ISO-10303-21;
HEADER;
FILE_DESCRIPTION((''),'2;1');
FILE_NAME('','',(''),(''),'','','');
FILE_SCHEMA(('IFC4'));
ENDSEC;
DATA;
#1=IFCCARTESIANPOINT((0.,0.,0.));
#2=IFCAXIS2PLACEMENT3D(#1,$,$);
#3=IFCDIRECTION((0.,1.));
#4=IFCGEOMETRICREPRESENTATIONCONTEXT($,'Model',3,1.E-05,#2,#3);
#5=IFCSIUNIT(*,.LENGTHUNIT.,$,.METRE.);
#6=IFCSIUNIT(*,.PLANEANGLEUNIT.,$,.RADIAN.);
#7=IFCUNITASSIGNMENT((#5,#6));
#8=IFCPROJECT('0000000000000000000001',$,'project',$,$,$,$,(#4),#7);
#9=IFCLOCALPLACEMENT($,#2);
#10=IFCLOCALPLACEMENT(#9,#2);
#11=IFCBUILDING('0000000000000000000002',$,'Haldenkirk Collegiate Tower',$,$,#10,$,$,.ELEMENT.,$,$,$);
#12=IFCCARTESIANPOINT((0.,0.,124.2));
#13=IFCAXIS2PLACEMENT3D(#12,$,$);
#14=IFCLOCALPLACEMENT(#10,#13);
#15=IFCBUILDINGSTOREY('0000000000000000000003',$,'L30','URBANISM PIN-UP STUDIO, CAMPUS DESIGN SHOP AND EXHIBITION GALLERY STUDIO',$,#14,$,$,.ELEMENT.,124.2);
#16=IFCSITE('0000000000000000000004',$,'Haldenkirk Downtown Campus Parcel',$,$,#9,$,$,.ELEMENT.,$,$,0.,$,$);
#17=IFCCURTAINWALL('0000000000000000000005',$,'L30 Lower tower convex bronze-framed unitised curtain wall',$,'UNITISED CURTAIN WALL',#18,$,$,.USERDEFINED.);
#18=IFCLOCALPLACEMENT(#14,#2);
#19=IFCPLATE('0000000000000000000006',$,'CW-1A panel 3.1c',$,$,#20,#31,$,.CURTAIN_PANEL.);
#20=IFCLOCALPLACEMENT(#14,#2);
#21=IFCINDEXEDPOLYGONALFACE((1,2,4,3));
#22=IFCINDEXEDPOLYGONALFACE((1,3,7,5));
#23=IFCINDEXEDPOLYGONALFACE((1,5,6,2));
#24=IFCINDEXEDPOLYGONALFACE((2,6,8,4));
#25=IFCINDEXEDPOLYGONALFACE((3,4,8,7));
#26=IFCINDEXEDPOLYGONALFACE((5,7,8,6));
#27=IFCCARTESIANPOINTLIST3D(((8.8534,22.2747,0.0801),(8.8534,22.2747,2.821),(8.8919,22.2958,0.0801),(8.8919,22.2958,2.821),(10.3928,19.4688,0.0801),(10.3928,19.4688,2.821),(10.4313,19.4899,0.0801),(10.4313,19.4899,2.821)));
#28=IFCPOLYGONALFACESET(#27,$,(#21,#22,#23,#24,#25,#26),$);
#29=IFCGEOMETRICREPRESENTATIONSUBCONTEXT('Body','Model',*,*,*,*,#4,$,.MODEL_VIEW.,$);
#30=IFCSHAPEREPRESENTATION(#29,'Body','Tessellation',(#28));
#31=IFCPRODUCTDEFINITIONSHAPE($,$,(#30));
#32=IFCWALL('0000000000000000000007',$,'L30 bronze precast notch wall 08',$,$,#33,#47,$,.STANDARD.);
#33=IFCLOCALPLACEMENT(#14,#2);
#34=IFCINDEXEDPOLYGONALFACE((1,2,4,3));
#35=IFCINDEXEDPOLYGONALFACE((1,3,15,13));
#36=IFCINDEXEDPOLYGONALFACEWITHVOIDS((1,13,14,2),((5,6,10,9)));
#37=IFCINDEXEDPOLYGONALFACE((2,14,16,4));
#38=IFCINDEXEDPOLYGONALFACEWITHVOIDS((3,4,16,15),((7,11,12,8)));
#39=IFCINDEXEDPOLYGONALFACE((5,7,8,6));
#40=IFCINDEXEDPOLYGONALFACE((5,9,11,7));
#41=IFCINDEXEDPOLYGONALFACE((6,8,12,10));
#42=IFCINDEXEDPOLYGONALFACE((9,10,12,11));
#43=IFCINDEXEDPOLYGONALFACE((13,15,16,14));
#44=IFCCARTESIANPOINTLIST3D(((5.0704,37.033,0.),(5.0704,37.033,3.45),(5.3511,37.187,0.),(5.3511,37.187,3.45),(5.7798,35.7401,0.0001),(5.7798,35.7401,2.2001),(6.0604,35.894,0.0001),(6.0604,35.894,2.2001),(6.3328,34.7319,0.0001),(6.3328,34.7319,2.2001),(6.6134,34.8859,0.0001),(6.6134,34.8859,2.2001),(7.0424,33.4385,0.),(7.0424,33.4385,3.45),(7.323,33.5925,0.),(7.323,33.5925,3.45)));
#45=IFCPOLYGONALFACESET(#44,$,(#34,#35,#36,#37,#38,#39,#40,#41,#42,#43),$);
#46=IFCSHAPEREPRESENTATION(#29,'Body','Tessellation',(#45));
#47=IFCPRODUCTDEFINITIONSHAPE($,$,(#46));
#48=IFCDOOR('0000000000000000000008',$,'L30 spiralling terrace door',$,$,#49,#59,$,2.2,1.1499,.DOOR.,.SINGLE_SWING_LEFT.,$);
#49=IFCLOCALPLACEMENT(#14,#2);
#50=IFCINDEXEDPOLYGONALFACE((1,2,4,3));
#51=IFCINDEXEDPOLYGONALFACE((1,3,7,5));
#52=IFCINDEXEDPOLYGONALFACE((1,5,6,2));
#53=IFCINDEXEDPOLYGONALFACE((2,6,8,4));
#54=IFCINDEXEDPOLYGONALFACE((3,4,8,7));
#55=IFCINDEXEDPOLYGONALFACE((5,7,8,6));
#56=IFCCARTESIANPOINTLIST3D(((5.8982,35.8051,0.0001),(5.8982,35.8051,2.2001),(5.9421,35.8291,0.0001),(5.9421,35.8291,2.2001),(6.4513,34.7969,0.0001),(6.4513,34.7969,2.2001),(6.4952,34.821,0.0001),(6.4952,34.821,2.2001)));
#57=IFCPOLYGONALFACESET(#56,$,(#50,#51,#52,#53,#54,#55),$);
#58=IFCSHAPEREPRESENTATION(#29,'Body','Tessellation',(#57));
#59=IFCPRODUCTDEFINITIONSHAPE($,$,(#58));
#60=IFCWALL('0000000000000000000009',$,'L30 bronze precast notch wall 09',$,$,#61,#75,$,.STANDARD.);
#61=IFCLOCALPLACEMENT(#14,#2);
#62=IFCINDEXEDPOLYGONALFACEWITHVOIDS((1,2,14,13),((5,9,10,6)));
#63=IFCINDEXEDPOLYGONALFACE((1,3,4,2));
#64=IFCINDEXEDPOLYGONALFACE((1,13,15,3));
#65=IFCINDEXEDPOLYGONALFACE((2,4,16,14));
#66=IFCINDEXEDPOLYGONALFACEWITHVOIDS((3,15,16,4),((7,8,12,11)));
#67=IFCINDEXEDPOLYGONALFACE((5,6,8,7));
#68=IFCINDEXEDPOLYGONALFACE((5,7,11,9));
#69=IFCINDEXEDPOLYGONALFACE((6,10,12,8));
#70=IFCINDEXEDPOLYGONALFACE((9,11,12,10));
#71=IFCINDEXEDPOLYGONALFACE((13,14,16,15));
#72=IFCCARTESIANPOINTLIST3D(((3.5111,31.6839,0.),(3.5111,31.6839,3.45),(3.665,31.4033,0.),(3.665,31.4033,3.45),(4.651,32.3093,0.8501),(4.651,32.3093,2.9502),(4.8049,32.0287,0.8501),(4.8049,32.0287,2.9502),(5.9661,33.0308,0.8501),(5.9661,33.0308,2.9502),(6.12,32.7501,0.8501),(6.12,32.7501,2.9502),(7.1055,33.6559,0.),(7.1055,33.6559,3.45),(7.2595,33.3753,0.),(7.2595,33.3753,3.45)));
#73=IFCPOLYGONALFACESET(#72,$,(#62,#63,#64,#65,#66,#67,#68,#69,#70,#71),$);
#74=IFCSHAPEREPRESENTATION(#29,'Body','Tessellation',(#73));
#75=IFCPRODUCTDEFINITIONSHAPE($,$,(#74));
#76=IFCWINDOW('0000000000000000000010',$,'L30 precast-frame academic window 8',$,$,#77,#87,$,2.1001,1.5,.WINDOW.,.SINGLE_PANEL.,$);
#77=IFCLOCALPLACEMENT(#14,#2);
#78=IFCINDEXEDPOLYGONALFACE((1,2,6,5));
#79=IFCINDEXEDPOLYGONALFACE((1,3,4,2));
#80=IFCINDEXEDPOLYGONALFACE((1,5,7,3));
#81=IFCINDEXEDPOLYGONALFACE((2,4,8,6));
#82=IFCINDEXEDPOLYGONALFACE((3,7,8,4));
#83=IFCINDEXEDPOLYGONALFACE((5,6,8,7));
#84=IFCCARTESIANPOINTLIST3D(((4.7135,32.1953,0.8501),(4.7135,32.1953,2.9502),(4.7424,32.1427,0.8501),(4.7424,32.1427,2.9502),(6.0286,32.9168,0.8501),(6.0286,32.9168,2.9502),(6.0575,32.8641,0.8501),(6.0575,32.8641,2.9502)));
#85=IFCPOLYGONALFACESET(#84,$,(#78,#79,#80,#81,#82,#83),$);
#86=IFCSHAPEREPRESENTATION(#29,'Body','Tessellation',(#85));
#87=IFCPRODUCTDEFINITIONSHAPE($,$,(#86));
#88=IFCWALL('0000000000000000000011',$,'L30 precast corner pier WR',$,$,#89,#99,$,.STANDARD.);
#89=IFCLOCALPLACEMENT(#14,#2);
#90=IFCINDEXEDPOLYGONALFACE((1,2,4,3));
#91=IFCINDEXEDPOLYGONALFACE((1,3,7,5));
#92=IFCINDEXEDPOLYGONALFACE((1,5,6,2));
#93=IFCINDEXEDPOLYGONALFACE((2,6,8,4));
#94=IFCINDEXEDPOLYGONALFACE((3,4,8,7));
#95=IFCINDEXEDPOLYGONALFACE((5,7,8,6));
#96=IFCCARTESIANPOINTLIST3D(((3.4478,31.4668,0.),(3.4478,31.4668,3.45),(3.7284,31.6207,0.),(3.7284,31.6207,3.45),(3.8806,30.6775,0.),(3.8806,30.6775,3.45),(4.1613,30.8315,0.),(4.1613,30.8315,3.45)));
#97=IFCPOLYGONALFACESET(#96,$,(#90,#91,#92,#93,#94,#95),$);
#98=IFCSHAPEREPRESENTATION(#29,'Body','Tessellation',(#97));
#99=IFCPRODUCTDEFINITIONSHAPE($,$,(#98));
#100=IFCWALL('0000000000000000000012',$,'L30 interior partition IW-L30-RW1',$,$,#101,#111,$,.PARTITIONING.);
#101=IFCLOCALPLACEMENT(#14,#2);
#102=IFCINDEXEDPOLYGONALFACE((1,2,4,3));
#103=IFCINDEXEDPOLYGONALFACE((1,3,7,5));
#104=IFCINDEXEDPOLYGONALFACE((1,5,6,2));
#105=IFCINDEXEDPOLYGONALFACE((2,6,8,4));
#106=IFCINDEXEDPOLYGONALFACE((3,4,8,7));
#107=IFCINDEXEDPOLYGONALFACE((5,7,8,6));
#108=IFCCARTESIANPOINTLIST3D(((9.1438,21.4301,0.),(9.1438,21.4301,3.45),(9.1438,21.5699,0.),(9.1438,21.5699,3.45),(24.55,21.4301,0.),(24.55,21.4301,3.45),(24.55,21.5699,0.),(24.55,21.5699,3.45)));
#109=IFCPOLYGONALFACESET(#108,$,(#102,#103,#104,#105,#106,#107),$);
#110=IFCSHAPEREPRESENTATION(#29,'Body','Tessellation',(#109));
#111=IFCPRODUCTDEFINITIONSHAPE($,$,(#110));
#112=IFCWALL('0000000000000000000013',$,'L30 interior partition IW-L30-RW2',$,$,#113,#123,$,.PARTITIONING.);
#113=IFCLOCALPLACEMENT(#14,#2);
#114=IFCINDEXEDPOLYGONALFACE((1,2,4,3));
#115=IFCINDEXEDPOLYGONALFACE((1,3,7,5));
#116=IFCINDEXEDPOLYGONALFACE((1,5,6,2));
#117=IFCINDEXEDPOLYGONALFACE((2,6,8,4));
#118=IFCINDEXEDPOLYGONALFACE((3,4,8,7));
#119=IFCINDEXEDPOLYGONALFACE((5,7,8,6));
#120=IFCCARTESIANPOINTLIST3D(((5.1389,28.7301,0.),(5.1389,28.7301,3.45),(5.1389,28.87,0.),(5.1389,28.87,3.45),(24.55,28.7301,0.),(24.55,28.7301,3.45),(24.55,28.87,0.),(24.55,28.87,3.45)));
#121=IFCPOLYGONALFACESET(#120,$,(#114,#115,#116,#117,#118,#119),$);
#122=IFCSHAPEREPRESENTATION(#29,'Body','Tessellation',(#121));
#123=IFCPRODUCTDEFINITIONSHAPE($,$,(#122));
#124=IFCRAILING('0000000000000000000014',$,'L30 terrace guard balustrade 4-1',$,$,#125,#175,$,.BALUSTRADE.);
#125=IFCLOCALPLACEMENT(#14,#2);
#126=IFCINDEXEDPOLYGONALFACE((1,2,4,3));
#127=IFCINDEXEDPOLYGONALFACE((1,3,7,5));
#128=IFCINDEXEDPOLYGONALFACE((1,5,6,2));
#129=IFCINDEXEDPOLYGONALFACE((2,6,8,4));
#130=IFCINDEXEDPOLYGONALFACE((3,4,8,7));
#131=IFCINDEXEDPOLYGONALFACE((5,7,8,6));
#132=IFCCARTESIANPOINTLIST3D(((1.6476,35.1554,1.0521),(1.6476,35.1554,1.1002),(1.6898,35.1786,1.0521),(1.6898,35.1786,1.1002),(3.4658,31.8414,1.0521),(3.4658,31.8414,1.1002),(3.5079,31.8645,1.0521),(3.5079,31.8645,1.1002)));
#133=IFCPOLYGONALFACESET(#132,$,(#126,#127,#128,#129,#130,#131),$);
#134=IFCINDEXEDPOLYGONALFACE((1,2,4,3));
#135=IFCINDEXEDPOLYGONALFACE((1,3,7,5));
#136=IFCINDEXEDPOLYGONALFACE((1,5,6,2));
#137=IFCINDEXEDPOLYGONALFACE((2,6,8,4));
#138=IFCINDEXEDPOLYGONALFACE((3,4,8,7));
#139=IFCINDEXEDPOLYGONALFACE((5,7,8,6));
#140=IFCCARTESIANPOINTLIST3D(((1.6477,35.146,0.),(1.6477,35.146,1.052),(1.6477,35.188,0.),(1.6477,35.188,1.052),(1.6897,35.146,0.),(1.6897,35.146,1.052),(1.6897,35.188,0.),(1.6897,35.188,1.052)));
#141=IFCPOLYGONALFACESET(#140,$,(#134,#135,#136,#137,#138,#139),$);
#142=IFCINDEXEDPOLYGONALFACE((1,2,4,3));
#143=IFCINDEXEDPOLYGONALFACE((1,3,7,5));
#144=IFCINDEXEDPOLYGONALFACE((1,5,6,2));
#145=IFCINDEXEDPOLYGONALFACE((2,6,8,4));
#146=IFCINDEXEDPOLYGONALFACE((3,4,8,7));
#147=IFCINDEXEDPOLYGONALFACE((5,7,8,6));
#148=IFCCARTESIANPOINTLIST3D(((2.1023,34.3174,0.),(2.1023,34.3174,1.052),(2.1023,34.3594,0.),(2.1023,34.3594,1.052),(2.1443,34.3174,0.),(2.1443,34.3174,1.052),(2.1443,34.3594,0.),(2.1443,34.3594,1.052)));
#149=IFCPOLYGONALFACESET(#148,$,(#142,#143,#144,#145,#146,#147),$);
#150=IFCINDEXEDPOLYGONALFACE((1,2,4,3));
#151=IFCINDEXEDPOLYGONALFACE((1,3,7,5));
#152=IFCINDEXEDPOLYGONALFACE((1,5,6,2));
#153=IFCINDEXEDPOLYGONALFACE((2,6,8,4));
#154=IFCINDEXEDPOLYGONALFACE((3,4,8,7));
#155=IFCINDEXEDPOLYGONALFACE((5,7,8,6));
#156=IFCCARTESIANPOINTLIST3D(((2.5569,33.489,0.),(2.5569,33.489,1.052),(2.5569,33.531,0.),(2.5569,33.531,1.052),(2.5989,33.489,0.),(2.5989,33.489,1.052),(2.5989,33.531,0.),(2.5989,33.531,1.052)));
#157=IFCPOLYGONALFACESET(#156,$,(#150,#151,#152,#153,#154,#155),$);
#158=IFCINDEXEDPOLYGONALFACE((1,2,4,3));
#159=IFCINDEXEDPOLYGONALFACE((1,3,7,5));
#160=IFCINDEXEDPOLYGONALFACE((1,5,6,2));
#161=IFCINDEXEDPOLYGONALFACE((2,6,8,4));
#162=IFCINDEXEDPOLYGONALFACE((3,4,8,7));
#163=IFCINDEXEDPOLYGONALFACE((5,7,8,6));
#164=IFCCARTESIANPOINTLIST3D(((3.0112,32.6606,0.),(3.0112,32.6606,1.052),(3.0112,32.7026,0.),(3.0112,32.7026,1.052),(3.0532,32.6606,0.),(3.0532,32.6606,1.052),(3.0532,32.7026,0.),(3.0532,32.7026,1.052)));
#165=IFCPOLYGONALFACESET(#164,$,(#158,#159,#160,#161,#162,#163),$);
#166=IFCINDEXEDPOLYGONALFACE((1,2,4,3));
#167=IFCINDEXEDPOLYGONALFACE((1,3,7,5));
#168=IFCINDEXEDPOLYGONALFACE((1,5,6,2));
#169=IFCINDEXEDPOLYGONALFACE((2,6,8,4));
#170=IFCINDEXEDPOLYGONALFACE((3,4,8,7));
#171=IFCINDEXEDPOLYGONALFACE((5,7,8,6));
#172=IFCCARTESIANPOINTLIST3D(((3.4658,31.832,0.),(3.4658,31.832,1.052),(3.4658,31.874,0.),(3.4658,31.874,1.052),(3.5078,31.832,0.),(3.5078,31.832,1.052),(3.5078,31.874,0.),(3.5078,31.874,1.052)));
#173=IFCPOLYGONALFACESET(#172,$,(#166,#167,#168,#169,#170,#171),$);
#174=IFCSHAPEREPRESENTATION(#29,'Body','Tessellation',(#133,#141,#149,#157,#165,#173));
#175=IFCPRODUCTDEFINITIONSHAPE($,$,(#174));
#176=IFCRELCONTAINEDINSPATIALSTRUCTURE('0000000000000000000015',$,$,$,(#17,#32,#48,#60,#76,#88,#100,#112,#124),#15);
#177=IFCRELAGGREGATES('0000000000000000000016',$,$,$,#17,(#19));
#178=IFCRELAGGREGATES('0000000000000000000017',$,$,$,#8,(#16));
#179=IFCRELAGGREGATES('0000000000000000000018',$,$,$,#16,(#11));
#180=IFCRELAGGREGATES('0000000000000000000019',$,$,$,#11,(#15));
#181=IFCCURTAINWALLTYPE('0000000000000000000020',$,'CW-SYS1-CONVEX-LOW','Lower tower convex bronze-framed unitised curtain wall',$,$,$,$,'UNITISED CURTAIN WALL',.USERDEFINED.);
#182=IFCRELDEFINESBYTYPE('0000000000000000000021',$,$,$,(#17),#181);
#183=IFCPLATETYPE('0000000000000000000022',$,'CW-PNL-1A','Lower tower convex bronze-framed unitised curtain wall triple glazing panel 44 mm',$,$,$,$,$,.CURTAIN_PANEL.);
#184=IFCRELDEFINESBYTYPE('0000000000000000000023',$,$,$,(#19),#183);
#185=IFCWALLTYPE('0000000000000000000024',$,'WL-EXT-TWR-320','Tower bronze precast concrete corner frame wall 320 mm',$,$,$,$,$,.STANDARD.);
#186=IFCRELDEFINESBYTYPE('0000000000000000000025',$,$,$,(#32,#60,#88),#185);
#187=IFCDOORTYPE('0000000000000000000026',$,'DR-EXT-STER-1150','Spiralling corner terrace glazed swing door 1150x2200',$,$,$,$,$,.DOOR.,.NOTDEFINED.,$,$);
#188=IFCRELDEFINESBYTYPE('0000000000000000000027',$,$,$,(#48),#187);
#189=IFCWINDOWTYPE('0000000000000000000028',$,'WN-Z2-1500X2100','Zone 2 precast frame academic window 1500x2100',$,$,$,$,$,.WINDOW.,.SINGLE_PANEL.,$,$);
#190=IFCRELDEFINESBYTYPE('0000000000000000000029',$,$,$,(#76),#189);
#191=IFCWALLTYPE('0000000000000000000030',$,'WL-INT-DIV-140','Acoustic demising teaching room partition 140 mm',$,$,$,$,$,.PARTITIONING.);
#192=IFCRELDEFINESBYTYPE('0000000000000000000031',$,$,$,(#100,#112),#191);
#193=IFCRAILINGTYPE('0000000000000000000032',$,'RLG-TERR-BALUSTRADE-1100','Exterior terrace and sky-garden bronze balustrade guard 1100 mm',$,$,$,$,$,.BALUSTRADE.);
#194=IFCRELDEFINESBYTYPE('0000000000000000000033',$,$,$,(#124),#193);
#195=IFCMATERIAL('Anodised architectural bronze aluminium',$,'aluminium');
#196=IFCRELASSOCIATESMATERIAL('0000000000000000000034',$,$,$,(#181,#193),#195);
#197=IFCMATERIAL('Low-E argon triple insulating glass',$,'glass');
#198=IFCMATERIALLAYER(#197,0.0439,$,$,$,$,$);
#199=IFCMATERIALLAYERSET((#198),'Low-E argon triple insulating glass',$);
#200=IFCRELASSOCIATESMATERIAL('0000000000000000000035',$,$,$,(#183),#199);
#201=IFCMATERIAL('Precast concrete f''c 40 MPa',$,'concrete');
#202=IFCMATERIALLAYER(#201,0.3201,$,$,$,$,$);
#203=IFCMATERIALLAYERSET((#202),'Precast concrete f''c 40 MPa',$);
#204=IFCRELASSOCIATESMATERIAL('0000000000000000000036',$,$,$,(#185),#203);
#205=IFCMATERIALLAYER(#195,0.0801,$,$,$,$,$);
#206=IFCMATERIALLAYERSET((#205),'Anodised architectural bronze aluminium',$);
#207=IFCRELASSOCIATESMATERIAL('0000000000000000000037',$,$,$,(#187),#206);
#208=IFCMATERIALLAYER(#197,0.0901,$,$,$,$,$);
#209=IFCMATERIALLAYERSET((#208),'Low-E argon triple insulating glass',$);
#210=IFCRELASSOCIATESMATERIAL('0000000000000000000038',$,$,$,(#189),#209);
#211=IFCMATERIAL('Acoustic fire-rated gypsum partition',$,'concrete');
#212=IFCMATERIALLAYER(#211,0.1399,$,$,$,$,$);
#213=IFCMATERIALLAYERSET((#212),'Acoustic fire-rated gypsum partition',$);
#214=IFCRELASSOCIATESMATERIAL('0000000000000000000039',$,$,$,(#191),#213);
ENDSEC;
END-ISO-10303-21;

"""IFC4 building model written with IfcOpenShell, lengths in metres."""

from ifc_helpers import new_model, si_unit, direction, frame, frame_2d, origin, origin_2d, place, context, subcontext, project, spatial, rectangle, extrude, source, transform, mapped, material, layer, layer_set, type_object, element, fill, aggregate, save


model = new_model("IFC4")

# Units and contexts
model_context = context("Model", 3, precision=1e-05, world=origin(), true_north=direction((0.0, 1.0)))
body_context = subcontext(model_context, "Body", "Model", "MODEL_VIEW")
ifc_project = project(units=[si_unit("LENGTHUNIT", "METRE"), si_unit("PLANEANGLEUNIT", "RADIAN")], contexts=[model_context])

# Site, building, storey
site_placement = place(None, origin())
site = spatial("IfcSite", under=ifc_project, at=site_placement, Name="Haldenkirk Downtown Campus Parcel", CompositionType="ELEMENT", RefElevation=0.0)
building_placement = place(site_placement, origin())
building = spatial("IfcBuilding", under=site, at=building_placement, Name="Haldenkirk Collegiate Tower", CompositionType="ELEMENT")
storey_placement = place(building_placement, frame((0.0, 0.0, 124.2)))
storey = spatial("IfcBuildingStorey", under=building, at=storey_placement, Name="L30", Description="URBANISM PIN-UP STUDIO, CAMPUS DESIGN SHOP AND EXHIBITION GALLERY STUDIO", CompositionType="ELEMENT", Elevation=124.2)

# Curtain wall, plate
ifc_material_1 = material(Name="Anodised architectural bronze aluminium", Category="aluminium")
curtain_wall_type = type_object("IfcCurtainWallType", Name="CW-SYS1-CONVEX-LOW", Description="Lower tower convex bronze-framed unitised curtain wall", ElementType="UNITISED CURTAIN WALL", PredefinedType="USERDEFINED", material=ifc_material_1)
curtain_wall_placement = place(storey_placement, origin())
curtain_wall = element("IfcCurtainWall", 1, at=curtain_wall_placement, inside=storey, type_object=curtain_wall_type, Name="L30 Lower tower convex bronze-framed unitised curtain wall", ObjectType="UNITISED CURTAIN WALL", PredefinedType="USERDEFINED")
ifc_material_2 = material(Name="Low-E argon triple insulating glass", Category="glass")
ifc_layer_1 = layer(ifc_material_2, 0.0439)
ifc_layer_set_1 = layer_set([ifc_layer_1], Name="Low-E argon triple insulating glass")
plate_type = type_object("IfcPlateType", Name="CW-PNL-1A", Description="Lower tower convex bronze-framed unitised curtain wall triple glazing panel 44 mm", PredefinedType="CURTAIN_PANEL", material=ifc_layer_set_1)
shared_shape_1 = source(origin(), body_context, "Body", "SweptSolid", [
    extrude(rectangle(XDim=3.2004, YDim=0.0439, at=origin_2d()), origin(), (0.0, 0.0, 1.0), 2.741),
])
plate_1_placement = place(storey_placement, frame((9.6423, 20.8823, 0.0801), z_axis=(0.0, 0.0, 1.0), x_axis=(-0.480989, 0.876727, 0.0)))
plate_1 = element("IfcPlate", 2, at=plate_1_placement, type_object=plate_type, Name="CW-1A panel 3.1c", PredefinedType="CURTAIN_PANEL", context=body_context, shape_type="MappedRepresentation", body=[
    mapped(shared_shape_1, transform((0.0, 0.0, 0.0), x_axis=(1.0, 0.0, 0.0), y_axis=(0.0, 1.0, 0.0), z_axis=(0.0, 0.0, 1.0), scale=1.0)),
])
aggregate(curtain_wall, [plate_1])

# Wall, opening, door
ifc_material_3 = material(Name="Precast concrete f'c 40 MPa", Category="concrete")
ifc_layer_2 = layer(ifc_material_3, 0.3201)
ifc_layer_set_2 = layer_set([ifc_layer_2], Name="Precast concrete f'c 40 MPa")
wall_type_1 = type_object("IfcWallType", Name="WL-EXT-TWR-320", Description="Tower bronze precast concrete corner frame wall 320 mm", PredefinedType="STANDARD", material=ifc_layer_set_2)
wall_1_placement = place(storey_placement, frame((7.1826, 33.5156, 0.0), z_axis=(0.0, 0.0, 1.0), x_axis=(-0.480974, 0.876735, 0.0)))
wall_1 = element("IfcWall", 3, at=wall_1_placement, inside=storey, type_object=wall_type_1, Name="L30 bronze precast notch wall 08", PredefinedType="STANDARD", context=body_context, shape_type="SweptSolid", body=[
    extrude(rectangle(XDim=4.0999, YDim=0.3201, at=frame_2d((2.0498, 0.0))), origin(), (0.0, 0.0, 1.0), 3.45),
])
opening_1_placement = place(wall_1_placement, frame((1.4751, 0.0, 0.0)))
opening_1 = element("IfcOpeningElement", 4, at=opening_1_placement, cuts=wall_1, PredefinedType="OPENING", context=body_context, shape_type="SweptSolid", body=[
    extrude(rectangle(XDim=1.1499, YDim=2.2, at=frame_2d((0.575, 1.1001))), frame((0.0, 0.1699, 0.0), z_axis=(0.0, -1.0, 0.0), x_axis=(1.0, 0.0, 0.0)), (0.0, 0.0, 1.0), 0.3401),
])
ifc_layer_3 = layer(ifc_material_1, 0.0801)
ifc_layer_set_3 = layer_set([ifc_layer_3], Name="Anodised architectural bronze aluminium")
door_type = type_object("IfcDoorType", Name="DR-EXT-STER-1150", Description="Spiralling corner terrace glazed swing door 1150x2200", OperationType="NOTDEFINED", PredefinedType="DOOR", material=ifc_layer_set_3)
door_placement = place(opening_1_placement, origin())
door = element("IfcDoor", 5, at=door_placement, inside=storey, type_object=door_type, Name="L30 spiralling terrace door", OperationType="SINGLE_SWING_LEFT", OverallHeight=2.2, OverallWidth=1.1499, PredefinedType="DOOR", context=body_context, shape_type="SweptSolid", body=[
    extrude(rectangle(XDim=1.1499, YDim=2.2, at=frame_2d((0.575, 1.1001))), frame((0.0, 0.0249, 0.0), z_axis=(0.0, -1.0, 0.0), x_axis=(1.0, 0.0, 0.0)), (0.0, 0.0, 1.0), 0.05),
])
fill(opening_1, door)

# Wall, opening, window
wall_2_placement = place(storey_placement, frame((3.5881, 31.5437, 0.0), z_axis=(0.0, 0.0, 1.0), x_axis=(0.876735, 0.480974, 0.0)))
wall_2 = element("IfcWall", 6, at=wall_2_placement, inside=storey, type_object=wall_type_1, Name="L30 bronze precast notch wall 09", PredefinedType="STANDARD", context=body_context, shape_type="SweptSolid", body=[
    extrude(rectangle(XDim=4.0999, YDim=0.3201, at=frame_2d((2.0498, 0.0))), origin(), (0.0, 0.0, 1.0), 3.45),
])
opening_2_placement = place(wall_2_placement, frame((1.3, 0.0, 0.8501)))
opening_2 = element("IfcOpeningElement", 7, at=opening_2_placement, cuts=wall_2, PredefinedType="OPENING", context=body_context, shape_type="SweptSolid", body=[
    extrude(rectangle(XDim=1.5, YDim=2.1001, at=frame_2d((0.75, 1.05))), frame((0.0, 0.1699, 0.0), z_axis=(0.0, -1.0, 0.0), x_axis=(1.0, 0.0, 0.0)), (0.0, 0.0, 1.0), 0.3401),
])
ifc_layer_4 = layer(ifc_material_2, 0.0901)
ifc_layer_set_4 = layer_set([ifc_layer_4], Name="Low-E argon triple insulating glass")
window_type = type_object("IfcWindowType", Name="WN-Z2-1500X2100", Description="Zone 2 precast frame academic window 1500x2100", PartitioningType="SINGLE_PANEL", PredefinedType="WINDOW", material=ifc_layer_set_4)
window_placement = place(opening_2_placement, origin())
window = element("IfcWindow", 8, at=window_placement, inside=storey, type_object=window_type, Name="L30 precast-frame academic window 8", OverallHeight=2.1001, OverallWidth=1.5, PartitioningType="SINGLE_PANEL", PredefinedType="WINDOW", context=body_context, shape_type="SweptSolid", body=[
    extrude(rectangle(XDim=1.5, YDim=2.1001, at=frame_2d((0.75, 1.05))), frame((0.0, 0.03, 0.0), z_axis=(0.0, -1.0, 0.0), x_axis=(1.0, 0.0, 0.0)), (0.0, 0.0, 1.0), 0.0601),
])
fill(opening_2, window)

# Walls
wall_3_placement = place(storey_placement, frame((4.021, 30.7544, 0.0), z_axis=(0.0, 0.0, 1.0), x_axis=(-0.480846, 0.876805, 0.0)))
element("IfcWall", 9, at=wall_3_placement, inside=storey, type_object=wall_type_1, Name="L30 precast corner pier WR", PredefinedType="STANDARD", context=body_context, shape_type="SweptSolid", body=[
    extrude(rectangle(XDim=0.9001, YDim=0.3201, at=frame_2d((0.4502, 0.0))), origin(), (0.0, 0.0, 1.0), 3.45),
])
ifc_material_4 = material(Name="Acoustic fire-rated gypsum partition", Category="concrete")
ifc_layer_5 = layer(ifc_material_4, 0.1399)
ifc_layer_set_5 = layer_set([ifc_layer_5], Name="Acoustic fire-rated gypsum partition")
wall_type_2 = type_object("IfcWallType", Name="WL-INT-DIV-140", Description="Acoustic demising teaching room partition 140 mm", PredefinedType="PARTITIONING", material=ifc_layer_set_5)
wall_4_placement = place(storey_placement, frame((9.1438, 21.5, 0.0), z_axis=(0.0, 0.0, 1.0), x_axis=(1.0, 0.0, 0.0)))
element("IfcWall", 10, at=wall_4_placement, inside=storey, type_object=wall_type_2, Name="L30 interior partition IW-L30-RW1", PredefinedType="PARTITIONING", context=body_context, shape_type="SweptSolid", body=[
    extrude(rectangle(XDim=15.4062, YDim=0.1399, at=frame_2d((7.7031, 0.0))), origin(), (0.0, 0.0, 1.0), 3.45),
])
wall_5_placement = place(storey_placement, frame((5.1389, 28.8, 0.0), z_axis=(0.0, 0.0, 1.0), x_axis=(1.0, 0.0, 0.0)))
element("IfcWall", 11, at=wall_5_placement, inside=storey, type_object=wall_type_2, Name="L30 interior partition IW-L30-RW2", PredefinedType="PARTITIONING", context=body_context, shape_type="SweptSolid", body=[
    extrude(rectangle(XDim=19.4111, YDim=0.1399, at=frame_2d((9.7056, 0.0))), origin(), (0.0, 0.0, 1.0), 3.45),
])

# Railing
railing_type = type_object("IfcRailingType", Name="RLG-TERR-BALUSTRADE-1100", Description="Exterior terrace and sky-garden bronze balustrade guard 1100 mm", PredefinedType="BALUSTRADE", material=ifc_material_1)
railing_placement = place(storey_placement, frame((1.6687, 35.167, 0.0)))
element("IfcRailing", 12, at=railing_placement, inside=storey, type_object=railing_type, Name="L30 terrace guard balustrade 4-1", PredefinedType="BALUSTRADE", context=body_context, shape_type="SweptSolid", body=[
    extrude(rectangle(XDim=0.0481, YDim=0.0481, at=origin_2d()), frame((0.0, 0.0, 1.0762), z_axis=(0.480991, -0.876725, 0.0), x_axis=(0.876725, 0.480991, 0.0)), (0.0, 0.0, 1.0), 3.78),
    extrude(rectangle(XDim=0.042, YDim=0.042, at=origin_2d()), origin(), (0.0, 0.0, 1.0), 1.052),
    extrude(rectangle(XDim=0.042, YDim=0.042, at=origin_2d()), frame((0.4546, -0.8286, 0.0)), (0.0, 0.0, 1.0), 1.052),
    extrude(rectangle(XDim=0.042, YDim=0.042, at=origin_2d()), frame((0.9092, -1.657, 0.0)), (0.0, 0.0, 1.0), 1.052),
    extrude(rectangle(XDim=0.042, YDim=0.042, at=origin_2d()), frame((1.3635, -2.4854, 0.0)), (0.0, 0.0, 1.0), 1.052),
    extrude(rectangle(XDim=0.042, YDim=0.042, at=origin_2d()), frame((1.8181, -3.314, 0.0)), (0.0, 0.0, 1.0), 1.052),
])

save(model, "model.ifc")
